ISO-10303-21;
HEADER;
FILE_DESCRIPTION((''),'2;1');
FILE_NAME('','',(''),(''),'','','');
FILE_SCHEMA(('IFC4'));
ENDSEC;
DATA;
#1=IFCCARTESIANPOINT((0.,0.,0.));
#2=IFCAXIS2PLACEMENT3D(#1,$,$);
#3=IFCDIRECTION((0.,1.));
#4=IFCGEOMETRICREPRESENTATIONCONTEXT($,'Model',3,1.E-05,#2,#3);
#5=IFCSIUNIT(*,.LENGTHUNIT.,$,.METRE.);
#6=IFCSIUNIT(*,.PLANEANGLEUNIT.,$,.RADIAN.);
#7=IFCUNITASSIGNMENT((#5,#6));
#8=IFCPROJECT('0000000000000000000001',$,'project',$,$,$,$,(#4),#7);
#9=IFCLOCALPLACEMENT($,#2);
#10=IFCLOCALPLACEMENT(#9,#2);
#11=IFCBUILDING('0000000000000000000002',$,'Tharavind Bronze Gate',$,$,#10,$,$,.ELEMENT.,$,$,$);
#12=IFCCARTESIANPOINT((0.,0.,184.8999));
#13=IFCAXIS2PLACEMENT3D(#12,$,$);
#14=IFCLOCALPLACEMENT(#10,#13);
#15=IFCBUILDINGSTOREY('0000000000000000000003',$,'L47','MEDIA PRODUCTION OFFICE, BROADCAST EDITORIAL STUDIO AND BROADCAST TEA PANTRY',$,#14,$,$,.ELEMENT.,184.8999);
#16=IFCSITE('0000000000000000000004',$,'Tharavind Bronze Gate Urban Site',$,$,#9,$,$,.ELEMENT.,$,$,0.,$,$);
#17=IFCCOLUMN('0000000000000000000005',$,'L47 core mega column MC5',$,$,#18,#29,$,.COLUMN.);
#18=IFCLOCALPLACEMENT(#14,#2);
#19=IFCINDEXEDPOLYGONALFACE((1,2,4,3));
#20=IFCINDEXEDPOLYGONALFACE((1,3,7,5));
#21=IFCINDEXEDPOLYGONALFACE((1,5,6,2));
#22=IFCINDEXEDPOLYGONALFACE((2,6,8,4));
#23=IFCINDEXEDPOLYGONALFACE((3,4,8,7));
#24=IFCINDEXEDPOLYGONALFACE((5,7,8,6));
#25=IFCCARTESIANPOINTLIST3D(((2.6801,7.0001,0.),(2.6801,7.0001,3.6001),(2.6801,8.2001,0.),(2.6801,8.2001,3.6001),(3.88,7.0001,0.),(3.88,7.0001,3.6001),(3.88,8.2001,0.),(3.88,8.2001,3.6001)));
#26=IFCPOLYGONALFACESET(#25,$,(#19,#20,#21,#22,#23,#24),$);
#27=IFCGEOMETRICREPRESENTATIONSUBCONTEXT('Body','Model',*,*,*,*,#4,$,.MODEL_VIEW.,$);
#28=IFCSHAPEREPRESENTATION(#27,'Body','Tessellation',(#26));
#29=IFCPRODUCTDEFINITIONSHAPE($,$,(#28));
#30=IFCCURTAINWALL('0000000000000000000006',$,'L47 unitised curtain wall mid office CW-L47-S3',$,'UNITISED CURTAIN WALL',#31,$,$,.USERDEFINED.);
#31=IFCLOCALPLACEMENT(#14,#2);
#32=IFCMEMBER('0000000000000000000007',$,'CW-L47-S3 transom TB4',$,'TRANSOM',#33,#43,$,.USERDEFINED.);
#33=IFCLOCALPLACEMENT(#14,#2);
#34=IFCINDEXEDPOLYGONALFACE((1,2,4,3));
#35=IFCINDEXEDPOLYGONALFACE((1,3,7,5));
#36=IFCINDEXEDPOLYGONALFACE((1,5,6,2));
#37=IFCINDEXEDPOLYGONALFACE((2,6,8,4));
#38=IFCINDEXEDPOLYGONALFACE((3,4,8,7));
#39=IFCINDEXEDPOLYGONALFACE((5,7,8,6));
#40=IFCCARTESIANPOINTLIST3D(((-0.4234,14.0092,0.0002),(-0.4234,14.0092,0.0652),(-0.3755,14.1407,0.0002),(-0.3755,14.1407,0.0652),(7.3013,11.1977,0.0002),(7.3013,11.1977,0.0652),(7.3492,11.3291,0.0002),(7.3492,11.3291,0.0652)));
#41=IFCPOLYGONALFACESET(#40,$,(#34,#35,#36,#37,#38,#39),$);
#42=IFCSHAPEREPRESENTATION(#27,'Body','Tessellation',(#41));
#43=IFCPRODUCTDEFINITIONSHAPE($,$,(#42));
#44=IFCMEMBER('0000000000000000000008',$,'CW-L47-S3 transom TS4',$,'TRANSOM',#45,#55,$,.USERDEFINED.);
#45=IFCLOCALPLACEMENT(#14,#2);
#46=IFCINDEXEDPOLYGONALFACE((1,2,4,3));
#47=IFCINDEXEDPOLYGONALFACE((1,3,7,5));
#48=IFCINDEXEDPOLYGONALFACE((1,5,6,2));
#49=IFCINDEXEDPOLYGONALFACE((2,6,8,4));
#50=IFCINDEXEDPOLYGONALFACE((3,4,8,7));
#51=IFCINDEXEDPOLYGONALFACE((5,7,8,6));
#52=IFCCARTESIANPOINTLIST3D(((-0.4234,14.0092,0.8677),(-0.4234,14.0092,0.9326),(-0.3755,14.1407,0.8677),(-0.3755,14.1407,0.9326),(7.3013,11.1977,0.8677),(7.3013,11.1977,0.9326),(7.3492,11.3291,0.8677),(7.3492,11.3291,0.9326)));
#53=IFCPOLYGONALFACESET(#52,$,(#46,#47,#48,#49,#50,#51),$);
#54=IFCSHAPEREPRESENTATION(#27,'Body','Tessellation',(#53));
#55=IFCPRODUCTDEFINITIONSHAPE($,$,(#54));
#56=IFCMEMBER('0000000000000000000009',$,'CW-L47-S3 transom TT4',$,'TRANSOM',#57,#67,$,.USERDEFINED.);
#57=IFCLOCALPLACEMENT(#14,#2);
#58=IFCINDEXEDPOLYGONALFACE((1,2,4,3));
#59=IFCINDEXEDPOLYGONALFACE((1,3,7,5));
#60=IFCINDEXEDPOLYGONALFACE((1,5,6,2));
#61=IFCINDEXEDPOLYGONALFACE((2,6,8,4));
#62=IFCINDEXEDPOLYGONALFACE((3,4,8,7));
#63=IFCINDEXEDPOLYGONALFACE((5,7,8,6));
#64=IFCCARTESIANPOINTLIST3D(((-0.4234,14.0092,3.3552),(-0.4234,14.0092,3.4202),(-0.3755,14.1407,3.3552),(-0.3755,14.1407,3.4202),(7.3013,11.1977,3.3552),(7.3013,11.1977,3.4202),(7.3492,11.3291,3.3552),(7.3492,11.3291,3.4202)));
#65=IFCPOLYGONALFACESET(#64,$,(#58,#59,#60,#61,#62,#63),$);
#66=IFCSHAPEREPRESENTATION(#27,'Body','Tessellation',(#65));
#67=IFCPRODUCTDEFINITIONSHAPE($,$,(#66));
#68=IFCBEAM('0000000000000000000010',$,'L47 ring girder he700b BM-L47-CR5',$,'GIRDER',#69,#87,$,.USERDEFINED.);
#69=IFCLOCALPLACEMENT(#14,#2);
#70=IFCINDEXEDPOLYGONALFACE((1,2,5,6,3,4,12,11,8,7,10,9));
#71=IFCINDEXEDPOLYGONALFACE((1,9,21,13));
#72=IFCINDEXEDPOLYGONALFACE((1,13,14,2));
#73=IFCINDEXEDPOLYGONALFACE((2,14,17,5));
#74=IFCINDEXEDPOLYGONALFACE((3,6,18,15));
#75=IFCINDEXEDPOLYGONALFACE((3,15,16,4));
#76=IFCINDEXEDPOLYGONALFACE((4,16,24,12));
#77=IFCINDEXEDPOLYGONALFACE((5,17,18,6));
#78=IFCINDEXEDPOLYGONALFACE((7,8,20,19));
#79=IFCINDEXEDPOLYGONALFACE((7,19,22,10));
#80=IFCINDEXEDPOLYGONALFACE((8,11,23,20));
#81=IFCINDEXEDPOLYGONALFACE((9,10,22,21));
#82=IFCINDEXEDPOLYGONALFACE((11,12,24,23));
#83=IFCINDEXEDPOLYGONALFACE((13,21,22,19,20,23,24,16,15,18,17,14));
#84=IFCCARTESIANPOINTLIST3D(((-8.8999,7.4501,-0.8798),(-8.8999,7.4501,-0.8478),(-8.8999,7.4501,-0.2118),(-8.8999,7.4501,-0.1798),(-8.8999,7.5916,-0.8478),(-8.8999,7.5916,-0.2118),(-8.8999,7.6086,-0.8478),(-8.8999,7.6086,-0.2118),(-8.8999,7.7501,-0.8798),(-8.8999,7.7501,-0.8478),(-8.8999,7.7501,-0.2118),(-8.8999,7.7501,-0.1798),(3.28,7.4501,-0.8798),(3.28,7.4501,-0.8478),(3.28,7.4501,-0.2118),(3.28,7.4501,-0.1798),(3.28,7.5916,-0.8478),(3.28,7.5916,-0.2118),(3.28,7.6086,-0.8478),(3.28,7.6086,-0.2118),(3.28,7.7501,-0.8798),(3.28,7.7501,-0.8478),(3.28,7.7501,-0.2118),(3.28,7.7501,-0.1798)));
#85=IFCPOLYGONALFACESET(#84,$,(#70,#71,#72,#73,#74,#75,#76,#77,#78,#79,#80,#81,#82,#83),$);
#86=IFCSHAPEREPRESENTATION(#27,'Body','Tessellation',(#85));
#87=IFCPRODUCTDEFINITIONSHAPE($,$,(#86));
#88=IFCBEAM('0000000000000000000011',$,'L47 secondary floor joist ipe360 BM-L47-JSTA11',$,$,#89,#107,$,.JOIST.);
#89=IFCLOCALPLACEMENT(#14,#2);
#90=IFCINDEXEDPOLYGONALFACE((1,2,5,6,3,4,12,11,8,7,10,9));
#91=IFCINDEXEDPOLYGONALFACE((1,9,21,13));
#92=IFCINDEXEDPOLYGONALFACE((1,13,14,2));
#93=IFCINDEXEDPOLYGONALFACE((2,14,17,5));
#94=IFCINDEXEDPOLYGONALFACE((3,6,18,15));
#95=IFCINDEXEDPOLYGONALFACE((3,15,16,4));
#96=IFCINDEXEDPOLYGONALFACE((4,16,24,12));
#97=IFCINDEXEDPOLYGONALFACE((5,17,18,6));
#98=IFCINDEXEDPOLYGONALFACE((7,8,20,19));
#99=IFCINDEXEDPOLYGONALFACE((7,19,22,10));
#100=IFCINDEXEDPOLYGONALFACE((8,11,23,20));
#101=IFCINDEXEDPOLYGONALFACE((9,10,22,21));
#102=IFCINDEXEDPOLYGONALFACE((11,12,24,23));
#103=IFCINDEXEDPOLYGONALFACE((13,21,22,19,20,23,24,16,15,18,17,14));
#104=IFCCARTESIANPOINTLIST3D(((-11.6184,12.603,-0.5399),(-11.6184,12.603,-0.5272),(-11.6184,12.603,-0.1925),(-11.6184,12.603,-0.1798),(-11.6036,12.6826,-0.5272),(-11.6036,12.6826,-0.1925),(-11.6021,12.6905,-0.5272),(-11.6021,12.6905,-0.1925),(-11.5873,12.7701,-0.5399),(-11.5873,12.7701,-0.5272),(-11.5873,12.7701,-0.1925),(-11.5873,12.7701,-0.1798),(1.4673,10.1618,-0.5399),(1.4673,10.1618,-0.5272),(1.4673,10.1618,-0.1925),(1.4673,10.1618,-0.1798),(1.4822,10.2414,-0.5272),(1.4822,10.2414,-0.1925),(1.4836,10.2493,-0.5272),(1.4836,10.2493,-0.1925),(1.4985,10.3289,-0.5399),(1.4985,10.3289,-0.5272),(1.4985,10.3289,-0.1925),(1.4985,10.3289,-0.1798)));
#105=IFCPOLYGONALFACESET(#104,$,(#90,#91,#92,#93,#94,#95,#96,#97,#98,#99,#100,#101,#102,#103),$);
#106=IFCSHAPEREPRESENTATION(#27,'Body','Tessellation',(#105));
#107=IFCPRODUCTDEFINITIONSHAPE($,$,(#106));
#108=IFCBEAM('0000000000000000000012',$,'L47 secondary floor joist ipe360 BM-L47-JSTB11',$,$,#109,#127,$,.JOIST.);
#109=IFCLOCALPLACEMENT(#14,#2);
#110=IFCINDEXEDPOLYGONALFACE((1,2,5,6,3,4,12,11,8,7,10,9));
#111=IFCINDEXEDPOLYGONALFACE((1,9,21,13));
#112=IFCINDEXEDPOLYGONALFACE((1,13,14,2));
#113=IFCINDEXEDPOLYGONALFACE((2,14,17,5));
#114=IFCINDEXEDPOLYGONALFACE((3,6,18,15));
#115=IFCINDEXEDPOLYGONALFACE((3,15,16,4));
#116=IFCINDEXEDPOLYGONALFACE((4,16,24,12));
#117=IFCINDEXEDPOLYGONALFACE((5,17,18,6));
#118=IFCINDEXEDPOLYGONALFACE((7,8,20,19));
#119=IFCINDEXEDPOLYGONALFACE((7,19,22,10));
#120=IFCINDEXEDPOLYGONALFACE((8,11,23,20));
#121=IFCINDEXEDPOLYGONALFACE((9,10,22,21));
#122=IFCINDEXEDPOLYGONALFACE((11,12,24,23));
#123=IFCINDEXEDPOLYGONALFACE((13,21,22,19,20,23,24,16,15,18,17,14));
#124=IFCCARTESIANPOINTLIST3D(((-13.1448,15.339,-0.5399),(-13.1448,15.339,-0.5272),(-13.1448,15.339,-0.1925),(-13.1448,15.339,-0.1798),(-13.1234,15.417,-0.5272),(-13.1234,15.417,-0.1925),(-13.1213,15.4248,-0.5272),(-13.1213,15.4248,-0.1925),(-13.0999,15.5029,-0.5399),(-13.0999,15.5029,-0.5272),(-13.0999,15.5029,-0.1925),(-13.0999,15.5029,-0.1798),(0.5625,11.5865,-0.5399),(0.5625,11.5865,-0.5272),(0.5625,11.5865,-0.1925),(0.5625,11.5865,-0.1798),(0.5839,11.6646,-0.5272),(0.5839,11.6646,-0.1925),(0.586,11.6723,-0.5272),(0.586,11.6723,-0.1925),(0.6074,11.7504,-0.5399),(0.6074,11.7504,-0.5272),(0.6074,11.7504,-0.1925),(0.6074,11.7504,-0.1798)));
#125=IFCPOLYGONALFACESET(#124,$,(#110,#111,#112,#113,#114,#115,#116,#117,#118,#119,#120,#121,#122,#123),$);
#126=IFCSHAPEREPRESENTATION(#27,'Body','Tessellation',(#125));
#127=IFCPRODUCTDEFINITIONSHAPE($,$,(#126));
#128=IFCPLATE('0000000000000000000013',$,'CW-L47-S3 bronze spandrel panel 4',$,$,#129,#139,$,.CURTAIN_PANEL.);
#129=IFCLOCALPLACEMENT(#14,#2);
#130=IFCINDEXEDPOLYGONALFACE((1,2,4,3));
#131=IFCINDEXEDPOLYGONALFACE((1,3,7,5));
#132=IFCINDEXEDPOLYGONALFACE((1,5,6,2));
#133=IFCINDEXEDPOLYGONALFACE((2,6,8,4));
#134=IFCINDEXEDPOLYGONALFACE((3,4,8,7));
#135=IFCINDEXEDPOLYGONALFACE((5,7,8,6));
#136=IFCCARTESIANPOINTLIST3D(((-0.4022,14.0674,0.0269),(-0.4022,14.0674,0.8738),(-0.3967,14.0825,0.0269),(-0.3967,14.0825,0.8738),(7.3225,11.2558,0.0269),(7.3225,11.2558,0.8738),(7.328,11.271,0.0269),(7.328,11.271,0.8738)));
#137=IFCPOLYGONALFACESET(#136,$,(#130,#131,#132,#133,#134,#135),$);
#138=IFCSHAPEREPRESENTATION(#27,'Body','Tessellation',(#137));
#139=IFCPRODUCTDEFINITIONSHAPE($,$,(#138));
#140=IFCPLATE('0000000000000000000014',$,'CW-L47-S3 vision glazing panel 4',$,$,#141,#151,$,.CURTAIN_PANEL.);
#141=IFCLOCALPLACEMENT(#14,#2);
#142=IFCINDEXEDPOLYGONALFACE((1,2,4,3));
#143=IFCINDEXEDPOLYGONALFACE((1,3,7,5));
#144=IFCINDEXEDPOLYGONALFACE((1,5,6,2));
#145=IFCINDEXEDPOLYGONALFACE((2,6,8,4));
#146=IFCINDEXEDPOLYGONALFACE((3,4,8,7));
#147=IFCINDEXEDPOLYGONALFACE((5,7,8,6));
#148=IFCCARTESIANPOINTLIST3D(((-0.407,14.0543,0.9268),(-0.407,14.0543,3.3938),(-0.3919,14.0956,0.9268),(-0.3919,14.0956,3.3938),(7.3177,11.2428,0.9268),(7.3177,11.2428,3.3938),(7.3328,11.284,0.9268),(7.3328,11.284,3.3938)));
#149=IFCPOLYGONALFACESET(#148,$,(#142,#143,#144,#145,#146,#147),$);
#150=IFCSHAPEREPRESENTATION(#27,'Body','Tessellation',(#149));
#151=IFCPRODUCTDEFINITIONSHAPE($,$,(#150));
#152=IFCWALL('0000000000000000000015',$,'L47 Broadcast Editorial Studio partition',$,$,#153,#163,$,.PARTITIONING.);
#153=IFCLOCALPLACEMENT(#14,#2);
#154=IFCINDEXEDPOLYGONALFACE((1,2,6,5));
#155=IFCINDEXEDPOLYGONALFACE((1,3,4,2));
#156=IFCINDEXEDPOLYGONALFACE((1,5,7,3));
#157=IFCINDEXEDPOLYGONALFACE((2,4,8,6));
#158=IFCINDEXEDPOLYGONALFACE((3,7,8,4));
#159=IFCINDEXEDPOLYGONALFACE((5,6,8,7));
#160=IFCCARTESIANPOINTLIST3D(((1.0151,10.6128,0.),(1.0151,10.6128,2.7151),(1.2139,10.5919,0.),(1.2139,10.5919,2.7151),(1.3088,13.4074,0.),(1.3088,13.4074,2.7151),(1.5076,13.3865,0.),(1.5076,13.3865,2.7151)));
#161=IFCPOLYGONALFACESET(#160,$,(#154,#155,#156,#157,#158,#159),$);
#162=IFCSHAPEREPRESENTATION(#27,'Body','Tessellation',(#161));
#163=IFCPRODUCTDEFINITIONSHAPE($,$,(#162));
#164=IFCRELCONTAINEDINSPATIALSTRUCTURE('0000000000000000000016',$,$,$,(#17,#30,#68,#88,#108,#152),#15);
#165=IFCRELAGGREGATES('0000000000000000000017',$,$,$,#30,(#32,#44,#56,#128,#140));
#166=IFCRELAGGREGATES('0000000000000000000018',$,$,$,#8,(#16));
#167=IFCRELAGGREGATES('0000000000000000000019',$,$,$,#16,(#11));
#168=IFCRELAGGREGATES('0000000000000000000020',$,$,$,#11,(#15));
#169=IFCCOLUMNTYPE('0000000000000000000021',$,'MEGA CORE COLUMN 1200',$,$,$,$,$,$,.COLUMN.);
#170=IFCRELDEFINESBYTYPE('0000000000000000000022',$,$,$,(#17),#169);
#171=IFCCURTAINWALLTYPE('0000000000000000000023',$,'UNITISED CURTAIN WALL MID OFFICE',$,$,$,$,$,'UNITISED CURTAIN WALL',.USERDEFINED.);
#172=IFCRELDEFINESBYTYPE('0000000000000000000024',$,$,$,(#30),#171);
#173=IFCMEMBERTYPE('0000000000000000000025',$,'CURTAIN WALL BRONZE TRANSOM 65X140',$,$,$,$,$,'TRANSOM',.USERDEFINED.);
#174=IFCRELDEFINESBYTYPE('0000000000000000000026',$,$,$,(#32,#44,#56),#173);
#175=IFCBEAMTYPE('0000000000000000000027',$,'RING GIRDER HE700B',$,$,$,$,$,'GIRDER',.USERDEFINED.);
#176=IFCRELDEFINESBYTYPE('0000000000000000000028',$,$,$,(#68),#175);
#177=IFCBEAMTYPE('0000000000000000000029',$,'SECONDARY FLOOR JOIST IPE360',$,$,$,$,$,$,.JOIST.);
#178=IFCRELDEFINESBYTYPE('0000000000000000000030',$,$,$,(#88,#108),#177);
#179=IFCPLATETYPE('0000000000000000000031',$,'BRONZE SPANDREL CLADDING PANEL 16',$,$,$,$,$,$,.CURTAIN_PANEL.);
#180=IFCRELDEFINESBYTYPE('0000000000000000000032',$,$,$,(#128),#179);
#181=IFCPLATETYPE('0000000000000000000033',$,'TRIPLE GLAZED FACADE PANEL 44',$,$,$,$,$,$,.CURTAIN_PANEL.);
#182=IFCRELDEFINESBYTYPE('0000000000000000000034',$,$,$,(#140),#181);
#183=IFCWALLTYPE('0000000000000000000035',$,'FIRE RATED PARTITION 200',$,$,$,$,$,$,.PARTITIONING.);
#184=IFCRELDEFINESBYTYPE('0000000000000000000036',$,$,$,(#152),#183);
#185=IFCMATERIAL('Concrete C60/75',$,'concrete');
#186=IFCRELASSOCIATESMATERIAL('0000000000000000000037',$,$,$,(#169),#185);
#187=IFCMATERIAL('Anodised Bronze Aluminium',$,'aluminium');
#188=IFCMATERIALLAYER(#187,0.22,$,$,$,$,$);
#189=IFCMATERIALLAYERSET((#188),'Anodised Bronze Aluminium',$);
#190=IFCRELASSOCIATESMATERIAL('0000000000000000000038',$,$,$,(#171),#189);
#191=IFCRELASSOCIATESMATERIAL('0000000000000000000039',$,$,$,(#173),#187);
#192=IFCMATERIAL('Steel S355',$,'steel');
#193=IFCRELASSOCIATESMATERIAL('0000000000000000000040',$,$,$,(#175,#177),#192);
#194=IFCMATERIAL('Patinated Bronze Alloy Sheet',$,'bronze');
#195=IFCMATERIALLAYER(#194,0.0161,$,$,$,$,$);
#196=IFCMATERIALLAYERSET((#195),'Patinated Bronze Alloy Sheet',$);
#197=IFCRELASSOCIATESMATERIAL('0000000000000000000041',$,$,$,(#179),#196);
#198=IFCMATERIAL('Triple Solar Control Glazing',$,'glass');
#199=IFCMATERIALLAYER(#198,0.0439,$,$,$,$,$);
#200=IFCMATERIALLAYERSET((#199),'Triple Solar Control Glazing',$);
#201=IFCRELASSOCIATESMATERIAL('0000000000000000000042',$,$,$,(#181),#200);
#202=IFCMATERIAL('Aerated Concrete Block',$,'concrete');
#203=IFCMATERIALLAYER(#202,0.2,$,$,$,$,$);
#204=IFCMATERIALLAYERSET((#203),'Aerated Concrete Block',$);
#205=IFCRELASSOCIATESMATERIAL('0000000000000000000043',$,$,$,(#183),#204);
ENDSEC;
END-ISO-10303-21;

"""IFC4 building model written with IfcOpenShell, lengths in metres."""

from ifc_helpers import new_model, si_unit, direction, frame, frame_2d, origin, origin_2d, place, context, subcontext, project, spatial, rectangle, i_section, extrude, material, layer, layer_set, material_profile, profile_set, type_object, element, aggregate, save


model = new_model("IFC4")

# Units and contexts
model_context = context("Model", 3, precision=1e-05, world=origin(), true_north=direction((0.0, 1.0)))
body_context = subcontext(model_context, "Body", "Model", "MODEL_VIEW")
ifc_project = project(units=[si_unit("LENGTHUNIT", "METRE"), si_unit("PLANEANGLEUNIT", "RADIAN")], contexts=[model_context])

# Site, building, storey
site_placement = place(None, origin())
site = spatial("IfcSite", under=ifc_project, at=site_placement, Name="Tharavind Bronze Gate Urban Site", CompositionType="ELEMENT", RefElevation=0.0)
building_placement = place(site_placement, origin())
building = spatial("IfcBuilding", under=site, at=building_placement, Name="Tharavind Bronze Gate", CompositionType="ELEMENT")
storey_placement = place(building_placement, frame((0.0, 0.0, 184.8999)))
storey = spatial("IfcBuildingStorey", under=building, at=storey_placement, Name="L47", Description="MEDIA PRODUCTION OFFICE, BROADCAST EDITORIAL STUDIO AND BROADCAST TEA PANTRY", CompositionType="ELEMENT", Elevation=184.8999)

# Column
ifc_material_1 = material(Name="Concrete C60/75", Category="concrete")
ifc_material_profile_1 = material_profile(ifc_material_1, rectangle(XDim=1.2, YDim=1.2, at=origin_2d()), Name="RCCOL1200")
ifc_profile_set_1 = profile_set([ifc_material_profile_1], Name="Concrete C60/75")
column_type = type_object("IfcColumnType", Name="MEGA CORE COLUMN 1200", PredefinedType="COLUMN", material=ifc_profile_set_1)
column_placement = place(storey_placement, frame((3.28, 7.6001, 0.0), z_axis=(0.0, 0.0, 1.0), x_axis=(1.0, 0.0, 0.0)))
element("IfcColumn", 1, at=column_placement, inside=storey, type_object=column_type, Name="L47 core mega column MC5", PredefinedType="COLUMN", context=body_context, shape_type="SweptSolid", body=[
    extrude(rectangle(XDim=1.2, YDim=1.2, at=origin_2d()), origin(), (0.0, 0.0, 1.0), 3.6001),
])

# Curtain wall, members
ifc_material_2 = material(Name="Anodised Bronze Aluminium", Category="aluminium")
ifc_layer_1 = layer(ifc_material_2, 0.22)
ifc_layer_set_1 = layer_set([ifc_layer_1], Name="Anodised Bronze Aluminium")
curtain_wall_type = type_object("IfcCurtainWallType", Name="UNITISED CURTAIN WALL MID OFFICE", ElementType="UNITISED CURTAIN WALL", PredefinedType="USERDEFINED", material=ifc_layer_set_1)
curtain_wall_placement = place(storey_placement, origin())
curtain_wall = element("IfcCurtainWall", 2, at=curtain_wall_placement, inside=storey, type_object=curtain_wall_type, Name="L47 unitised curtain wall mid office CW-L47-S3", ObjectType="UNITISED CURTAIN WALL", PredefinedType="USERDEFINED")
member_type = type_object("IfcMemberType", Name="CURTAIN WALL BRONZE TRANSOM 65X140", ElementType="TRANSOM", PredefinedType="USERDEFINED", material=ifc_material_2)
member_1_placement = place(storey_placement, frame((3.4629, 12.6692, 0.0002), z_axis=(0.0, 0.0, 1.0), x_axis=(-0.939692, 0.342022, 0.0)))
member_1 = element("IfcMember", 3, at=member_1_placement, type_object=member_type, Name="CW-L47-S3 transom TB4", ObjectType="TRANSOM", PredefinedType="USERDEFINED", context=body_context, shape_type="SweptSolid", body=[
    extrude(rectangle(XDim=8.2205, YDim=0.1399, at=origin_2d()), origin(), (0.0, 0.0, 1.0), 0.0649),
])
member_2_placement = place(storey_placement, frame((3.4629, 12.6692, 0.8677), z_axis=(0.0, 0.0, 1.0), x_axis=(-0.939692, 0.342022, 0.0)))
member_2 = element("IfcMember", 4, at=member_2_placement, type_object=member_type, Name="CW-L47-S3 transom TS4", ObjectType="TRANSOM", PredefinedType="USERDEFINED", context=body_context, shape_type="SweptSolid", body=[
    extrude(rectangle(XDim=8.2205, YDim=0.1399, at=origin_2d()), origin(), (0.0, 0.0, 1.0), 0.0649),
])
member_3_placement = place(storey_placement, frame((3.4629, 12.6692, 3.3552), z_axis=(0.0, 0.0, 1.0), x_axis=(-0.939692, 0.342022, 0.0)))
member_3 = element("IfcMember", 5, at=member_3_placement, type_object=member_type, Name="CW-L47-S3 transom TT4", ObjectType="TRANSOM", PredefinedType="USERDEFINED", context=body_context, shape_type="SweptSolid", body=[
    extrude(rectangle(XDim=8.2205, YDim=0.1399, at=origin_2d()), origin(), (0.0, 0.0, 1.0), 0.0649),
])

# Beams
ifc_material_3 = material(Name="Steel S355", Category="steel")
ifc_material_profile_2 = material_profile(ifc_material_3, i_section(OverallWidth=0.3, OverallDepth=0.7, WebThickness=0.0171, FlangeThickness=0.032, at=origin_2d()), Name="HE700B")
ifc_profile_set_2 = profile_set([ifc_material_profile_2], Name="Steel S355")
beam_type_1 = type_object("IfcBeamType", Name="RING GIRDER HE700B", ElementType="GIRDER", PredefinedType="USERDEFINED", material=ifc_profile_set_2)
beam_1_placement = place(storey_placement, frame((3.28, 7.6001, -0.5298), z_axis=(-1.0, 0.0, 0.0), x_axis=(0.0, -1.0, 0.0)))
element("IfcBeam", 6, at=beam_1_placement, inside=storey, type_object=beam_type_1, Name="L47 ring girder he700b BM-L47-CR5", ObjectType="GIRDER", PredefinedType="USERDEFINED", context=body_context, shape_type="SweptSolid", body=[
    extrude(i_section(OverallWidth=0.3, OverallDepth=0.7, WebThickness=0.0171, FlangeThickness=0.032, at=origin_2d()), origin(), (0.0, 0.0, 1.0), 12.1799),
])
ifc_material_profile_3 = material_profile(ifc_material_3, i_section(OverallWidth=0.1699, OverallDepth=0.3601, WebThickness=0.0081, FlangeThickness=0.0127, at=origin_2d()), Name="IPE360")
ifc_profile_set_3 = profile_set([ifc_material_profile_3], Name="Steel S355")
beam_type_2 = type_object("IfcBeamType", Name="SECONDARY FLOOR JOIST IPE360", PredefinedType="JOIST", material=ifc_profile_set_3)
beam_2_placement = place(storey_placement, frame((1.4829, 10.2454, -0.3599), z_axis=(-0.983041, 0.183388, 0.0), x_axis=(-0.183388, -0.983041, 0.0)))
element("IfcBeam", 7, at=beam_2_placement, inside=storey, type_object=beam_type_2, Name="L47 secondary floor joist ipe360 BM-L47-JSTA11", PredefinedType="JOIST", context=body_context, shape_type="SweptSolid", body=[
    extrude(i_section(OverallWidth=0.1699, OverallDepth=0.3601, WebThickness=0.0081, FlangeThickness=0.0127, at=origin_2d()), origin(), (0.0, 0.0, 1.0), 13.3115),
])
beam_3_placement = place(storey_placement, frame((0.585, 11.6685, -0.3599), z_axis=(-0.964512, 0.26404, 0.0), x_axis=(-0.26404, -0.964512, 0.0)))
element("IfcBeam", 8, at=beam_3_placement, inside=storey, type_object=beam_type_2, Name="L47 secondary floor joist ipe360 BM-L47-JSTB11", PredefinedType="JOIST", context=body_context, shape_type="SweptSolid", body=[
    extrude(i_section(OverallWidth=0.1699, OverallDepth=0.3601, WebThickness=0.0081, FlangeThickness=0.0127, at=origin_2d()), origin(), (0.0, 0.0, 1.0), 14.2117),
])

# Plates
ifc_material_4 = material(Name="Patinated Bronze Alloy Sheet", Category="bronze")
ifc_layer_2 = layer(ifc_material_4, 0.0161)
ifc_layer_set_2 = layer_set([ifc_layer_2], Name="Patinated Bronze Alloy Sheet")
plate_type_1 = type_object("IfcPlateType", Name="BRONZE SPANDREL CLADDING PANEL 16", PredefinedType="CURTAIN_PANEL", material=ifc_layer_set_2)
plate_1_placement = place(storey_placement, frame((3.4629, 12.6692, 0.0269), z_axis=(0.0, 0.0, 1.0), x_axis=(-0.939692, 0.342022, 0.0)))
plate_1 = element("IfcPlate", 9, at=plate_1_placement, type_object=plate_type_1, Name="CW-L47-S3 bronze spandrel panel 4", PredefinedType="CURTAIN_PANEL", context=body_context, shape_type="SweptSolid", body=[
    extrude(rectangle(XDim=8.2205, YDim=0.0161, at=origin_2d()), origin(), (0.0, 0.0, 1.0), 0.8469),
])
ifc_material_5 = material(Name="Triple Solar Control Glazing", Category="glass")
ifc_layer_3 = layer(ifc_material_5, 0.0439)
ifc_layer_set_3 = layer_set([ifc_layer_3], Name="Triple Solar Control Glazing")
plate_type_2 = type_object("IfcPlateType", Name="TRIPLE GLAZED FACADE PANEL 44", PredefinedType="CURTAIN_PANEL", material=ifc_layer_set_3)
plate_2_placement = place(storey_placement, frame((3.4629, 12.6692, 0.9268), z_axis=(0.0, 0.0, 1.0), x_axis=(-0.939692, 0.342022, 0.0)))
plate_2 = element("IfcPlate", 10, at=plate_2_placement, type_object=plate_type_2, Name="CW-L47-S3 vision glazing panel 4", PredefinedType="CURTAIN_PANEL", context=body_context, shape_type="SweptSolid", body=[
    extrude(rectangle(XDim=8.2205, YDim=0.0439, at=origin_2d()), origin(), (0.0, 0.0, 1.0), 2.467),
])
aggregate(curtain_wall, [member_1, member_2, member_3, plate_1, plate_2])

# Wall
ifc_material_6 = material(Name="Aerated Concrete Block", Category="concrete")
ifc_layer_4 = layer(ifc_material_6, 0.2)
ifc_layer_set_4 = layer_set([ifc_layer_4], Name="Aerated Concrete Block")
wall_type_1 = type_object("IfcWallType", Name="FIRE RATED PARTITION 200", PredefinedType="PARTITIONING", material=ifc_layer_set_4)
wall_1_placement = place(storey_placement, frame((1.4082, 13.397, 0.0), z_axis=(0.0, 0.0, 1.0), x_axis=(-0.104517, -0.994523, 0.0)))
element("IfcWall", 11, at=wall_1_placement, inside=storey, type_object=wall_type_1, Name="L47 Broadcast Editorial Studio partition", PredefinedType="PARTITIONING", context=body_context, shape_type="SweptSolid", body=[
    extrude(rectangle(XDim=2.8101, YDim=0.2, at=frame_2d((1.405, 0.0))), origin(), (0.0, 0.0, 1.0), 2.7151),
])

save(model, "model.ifc")
